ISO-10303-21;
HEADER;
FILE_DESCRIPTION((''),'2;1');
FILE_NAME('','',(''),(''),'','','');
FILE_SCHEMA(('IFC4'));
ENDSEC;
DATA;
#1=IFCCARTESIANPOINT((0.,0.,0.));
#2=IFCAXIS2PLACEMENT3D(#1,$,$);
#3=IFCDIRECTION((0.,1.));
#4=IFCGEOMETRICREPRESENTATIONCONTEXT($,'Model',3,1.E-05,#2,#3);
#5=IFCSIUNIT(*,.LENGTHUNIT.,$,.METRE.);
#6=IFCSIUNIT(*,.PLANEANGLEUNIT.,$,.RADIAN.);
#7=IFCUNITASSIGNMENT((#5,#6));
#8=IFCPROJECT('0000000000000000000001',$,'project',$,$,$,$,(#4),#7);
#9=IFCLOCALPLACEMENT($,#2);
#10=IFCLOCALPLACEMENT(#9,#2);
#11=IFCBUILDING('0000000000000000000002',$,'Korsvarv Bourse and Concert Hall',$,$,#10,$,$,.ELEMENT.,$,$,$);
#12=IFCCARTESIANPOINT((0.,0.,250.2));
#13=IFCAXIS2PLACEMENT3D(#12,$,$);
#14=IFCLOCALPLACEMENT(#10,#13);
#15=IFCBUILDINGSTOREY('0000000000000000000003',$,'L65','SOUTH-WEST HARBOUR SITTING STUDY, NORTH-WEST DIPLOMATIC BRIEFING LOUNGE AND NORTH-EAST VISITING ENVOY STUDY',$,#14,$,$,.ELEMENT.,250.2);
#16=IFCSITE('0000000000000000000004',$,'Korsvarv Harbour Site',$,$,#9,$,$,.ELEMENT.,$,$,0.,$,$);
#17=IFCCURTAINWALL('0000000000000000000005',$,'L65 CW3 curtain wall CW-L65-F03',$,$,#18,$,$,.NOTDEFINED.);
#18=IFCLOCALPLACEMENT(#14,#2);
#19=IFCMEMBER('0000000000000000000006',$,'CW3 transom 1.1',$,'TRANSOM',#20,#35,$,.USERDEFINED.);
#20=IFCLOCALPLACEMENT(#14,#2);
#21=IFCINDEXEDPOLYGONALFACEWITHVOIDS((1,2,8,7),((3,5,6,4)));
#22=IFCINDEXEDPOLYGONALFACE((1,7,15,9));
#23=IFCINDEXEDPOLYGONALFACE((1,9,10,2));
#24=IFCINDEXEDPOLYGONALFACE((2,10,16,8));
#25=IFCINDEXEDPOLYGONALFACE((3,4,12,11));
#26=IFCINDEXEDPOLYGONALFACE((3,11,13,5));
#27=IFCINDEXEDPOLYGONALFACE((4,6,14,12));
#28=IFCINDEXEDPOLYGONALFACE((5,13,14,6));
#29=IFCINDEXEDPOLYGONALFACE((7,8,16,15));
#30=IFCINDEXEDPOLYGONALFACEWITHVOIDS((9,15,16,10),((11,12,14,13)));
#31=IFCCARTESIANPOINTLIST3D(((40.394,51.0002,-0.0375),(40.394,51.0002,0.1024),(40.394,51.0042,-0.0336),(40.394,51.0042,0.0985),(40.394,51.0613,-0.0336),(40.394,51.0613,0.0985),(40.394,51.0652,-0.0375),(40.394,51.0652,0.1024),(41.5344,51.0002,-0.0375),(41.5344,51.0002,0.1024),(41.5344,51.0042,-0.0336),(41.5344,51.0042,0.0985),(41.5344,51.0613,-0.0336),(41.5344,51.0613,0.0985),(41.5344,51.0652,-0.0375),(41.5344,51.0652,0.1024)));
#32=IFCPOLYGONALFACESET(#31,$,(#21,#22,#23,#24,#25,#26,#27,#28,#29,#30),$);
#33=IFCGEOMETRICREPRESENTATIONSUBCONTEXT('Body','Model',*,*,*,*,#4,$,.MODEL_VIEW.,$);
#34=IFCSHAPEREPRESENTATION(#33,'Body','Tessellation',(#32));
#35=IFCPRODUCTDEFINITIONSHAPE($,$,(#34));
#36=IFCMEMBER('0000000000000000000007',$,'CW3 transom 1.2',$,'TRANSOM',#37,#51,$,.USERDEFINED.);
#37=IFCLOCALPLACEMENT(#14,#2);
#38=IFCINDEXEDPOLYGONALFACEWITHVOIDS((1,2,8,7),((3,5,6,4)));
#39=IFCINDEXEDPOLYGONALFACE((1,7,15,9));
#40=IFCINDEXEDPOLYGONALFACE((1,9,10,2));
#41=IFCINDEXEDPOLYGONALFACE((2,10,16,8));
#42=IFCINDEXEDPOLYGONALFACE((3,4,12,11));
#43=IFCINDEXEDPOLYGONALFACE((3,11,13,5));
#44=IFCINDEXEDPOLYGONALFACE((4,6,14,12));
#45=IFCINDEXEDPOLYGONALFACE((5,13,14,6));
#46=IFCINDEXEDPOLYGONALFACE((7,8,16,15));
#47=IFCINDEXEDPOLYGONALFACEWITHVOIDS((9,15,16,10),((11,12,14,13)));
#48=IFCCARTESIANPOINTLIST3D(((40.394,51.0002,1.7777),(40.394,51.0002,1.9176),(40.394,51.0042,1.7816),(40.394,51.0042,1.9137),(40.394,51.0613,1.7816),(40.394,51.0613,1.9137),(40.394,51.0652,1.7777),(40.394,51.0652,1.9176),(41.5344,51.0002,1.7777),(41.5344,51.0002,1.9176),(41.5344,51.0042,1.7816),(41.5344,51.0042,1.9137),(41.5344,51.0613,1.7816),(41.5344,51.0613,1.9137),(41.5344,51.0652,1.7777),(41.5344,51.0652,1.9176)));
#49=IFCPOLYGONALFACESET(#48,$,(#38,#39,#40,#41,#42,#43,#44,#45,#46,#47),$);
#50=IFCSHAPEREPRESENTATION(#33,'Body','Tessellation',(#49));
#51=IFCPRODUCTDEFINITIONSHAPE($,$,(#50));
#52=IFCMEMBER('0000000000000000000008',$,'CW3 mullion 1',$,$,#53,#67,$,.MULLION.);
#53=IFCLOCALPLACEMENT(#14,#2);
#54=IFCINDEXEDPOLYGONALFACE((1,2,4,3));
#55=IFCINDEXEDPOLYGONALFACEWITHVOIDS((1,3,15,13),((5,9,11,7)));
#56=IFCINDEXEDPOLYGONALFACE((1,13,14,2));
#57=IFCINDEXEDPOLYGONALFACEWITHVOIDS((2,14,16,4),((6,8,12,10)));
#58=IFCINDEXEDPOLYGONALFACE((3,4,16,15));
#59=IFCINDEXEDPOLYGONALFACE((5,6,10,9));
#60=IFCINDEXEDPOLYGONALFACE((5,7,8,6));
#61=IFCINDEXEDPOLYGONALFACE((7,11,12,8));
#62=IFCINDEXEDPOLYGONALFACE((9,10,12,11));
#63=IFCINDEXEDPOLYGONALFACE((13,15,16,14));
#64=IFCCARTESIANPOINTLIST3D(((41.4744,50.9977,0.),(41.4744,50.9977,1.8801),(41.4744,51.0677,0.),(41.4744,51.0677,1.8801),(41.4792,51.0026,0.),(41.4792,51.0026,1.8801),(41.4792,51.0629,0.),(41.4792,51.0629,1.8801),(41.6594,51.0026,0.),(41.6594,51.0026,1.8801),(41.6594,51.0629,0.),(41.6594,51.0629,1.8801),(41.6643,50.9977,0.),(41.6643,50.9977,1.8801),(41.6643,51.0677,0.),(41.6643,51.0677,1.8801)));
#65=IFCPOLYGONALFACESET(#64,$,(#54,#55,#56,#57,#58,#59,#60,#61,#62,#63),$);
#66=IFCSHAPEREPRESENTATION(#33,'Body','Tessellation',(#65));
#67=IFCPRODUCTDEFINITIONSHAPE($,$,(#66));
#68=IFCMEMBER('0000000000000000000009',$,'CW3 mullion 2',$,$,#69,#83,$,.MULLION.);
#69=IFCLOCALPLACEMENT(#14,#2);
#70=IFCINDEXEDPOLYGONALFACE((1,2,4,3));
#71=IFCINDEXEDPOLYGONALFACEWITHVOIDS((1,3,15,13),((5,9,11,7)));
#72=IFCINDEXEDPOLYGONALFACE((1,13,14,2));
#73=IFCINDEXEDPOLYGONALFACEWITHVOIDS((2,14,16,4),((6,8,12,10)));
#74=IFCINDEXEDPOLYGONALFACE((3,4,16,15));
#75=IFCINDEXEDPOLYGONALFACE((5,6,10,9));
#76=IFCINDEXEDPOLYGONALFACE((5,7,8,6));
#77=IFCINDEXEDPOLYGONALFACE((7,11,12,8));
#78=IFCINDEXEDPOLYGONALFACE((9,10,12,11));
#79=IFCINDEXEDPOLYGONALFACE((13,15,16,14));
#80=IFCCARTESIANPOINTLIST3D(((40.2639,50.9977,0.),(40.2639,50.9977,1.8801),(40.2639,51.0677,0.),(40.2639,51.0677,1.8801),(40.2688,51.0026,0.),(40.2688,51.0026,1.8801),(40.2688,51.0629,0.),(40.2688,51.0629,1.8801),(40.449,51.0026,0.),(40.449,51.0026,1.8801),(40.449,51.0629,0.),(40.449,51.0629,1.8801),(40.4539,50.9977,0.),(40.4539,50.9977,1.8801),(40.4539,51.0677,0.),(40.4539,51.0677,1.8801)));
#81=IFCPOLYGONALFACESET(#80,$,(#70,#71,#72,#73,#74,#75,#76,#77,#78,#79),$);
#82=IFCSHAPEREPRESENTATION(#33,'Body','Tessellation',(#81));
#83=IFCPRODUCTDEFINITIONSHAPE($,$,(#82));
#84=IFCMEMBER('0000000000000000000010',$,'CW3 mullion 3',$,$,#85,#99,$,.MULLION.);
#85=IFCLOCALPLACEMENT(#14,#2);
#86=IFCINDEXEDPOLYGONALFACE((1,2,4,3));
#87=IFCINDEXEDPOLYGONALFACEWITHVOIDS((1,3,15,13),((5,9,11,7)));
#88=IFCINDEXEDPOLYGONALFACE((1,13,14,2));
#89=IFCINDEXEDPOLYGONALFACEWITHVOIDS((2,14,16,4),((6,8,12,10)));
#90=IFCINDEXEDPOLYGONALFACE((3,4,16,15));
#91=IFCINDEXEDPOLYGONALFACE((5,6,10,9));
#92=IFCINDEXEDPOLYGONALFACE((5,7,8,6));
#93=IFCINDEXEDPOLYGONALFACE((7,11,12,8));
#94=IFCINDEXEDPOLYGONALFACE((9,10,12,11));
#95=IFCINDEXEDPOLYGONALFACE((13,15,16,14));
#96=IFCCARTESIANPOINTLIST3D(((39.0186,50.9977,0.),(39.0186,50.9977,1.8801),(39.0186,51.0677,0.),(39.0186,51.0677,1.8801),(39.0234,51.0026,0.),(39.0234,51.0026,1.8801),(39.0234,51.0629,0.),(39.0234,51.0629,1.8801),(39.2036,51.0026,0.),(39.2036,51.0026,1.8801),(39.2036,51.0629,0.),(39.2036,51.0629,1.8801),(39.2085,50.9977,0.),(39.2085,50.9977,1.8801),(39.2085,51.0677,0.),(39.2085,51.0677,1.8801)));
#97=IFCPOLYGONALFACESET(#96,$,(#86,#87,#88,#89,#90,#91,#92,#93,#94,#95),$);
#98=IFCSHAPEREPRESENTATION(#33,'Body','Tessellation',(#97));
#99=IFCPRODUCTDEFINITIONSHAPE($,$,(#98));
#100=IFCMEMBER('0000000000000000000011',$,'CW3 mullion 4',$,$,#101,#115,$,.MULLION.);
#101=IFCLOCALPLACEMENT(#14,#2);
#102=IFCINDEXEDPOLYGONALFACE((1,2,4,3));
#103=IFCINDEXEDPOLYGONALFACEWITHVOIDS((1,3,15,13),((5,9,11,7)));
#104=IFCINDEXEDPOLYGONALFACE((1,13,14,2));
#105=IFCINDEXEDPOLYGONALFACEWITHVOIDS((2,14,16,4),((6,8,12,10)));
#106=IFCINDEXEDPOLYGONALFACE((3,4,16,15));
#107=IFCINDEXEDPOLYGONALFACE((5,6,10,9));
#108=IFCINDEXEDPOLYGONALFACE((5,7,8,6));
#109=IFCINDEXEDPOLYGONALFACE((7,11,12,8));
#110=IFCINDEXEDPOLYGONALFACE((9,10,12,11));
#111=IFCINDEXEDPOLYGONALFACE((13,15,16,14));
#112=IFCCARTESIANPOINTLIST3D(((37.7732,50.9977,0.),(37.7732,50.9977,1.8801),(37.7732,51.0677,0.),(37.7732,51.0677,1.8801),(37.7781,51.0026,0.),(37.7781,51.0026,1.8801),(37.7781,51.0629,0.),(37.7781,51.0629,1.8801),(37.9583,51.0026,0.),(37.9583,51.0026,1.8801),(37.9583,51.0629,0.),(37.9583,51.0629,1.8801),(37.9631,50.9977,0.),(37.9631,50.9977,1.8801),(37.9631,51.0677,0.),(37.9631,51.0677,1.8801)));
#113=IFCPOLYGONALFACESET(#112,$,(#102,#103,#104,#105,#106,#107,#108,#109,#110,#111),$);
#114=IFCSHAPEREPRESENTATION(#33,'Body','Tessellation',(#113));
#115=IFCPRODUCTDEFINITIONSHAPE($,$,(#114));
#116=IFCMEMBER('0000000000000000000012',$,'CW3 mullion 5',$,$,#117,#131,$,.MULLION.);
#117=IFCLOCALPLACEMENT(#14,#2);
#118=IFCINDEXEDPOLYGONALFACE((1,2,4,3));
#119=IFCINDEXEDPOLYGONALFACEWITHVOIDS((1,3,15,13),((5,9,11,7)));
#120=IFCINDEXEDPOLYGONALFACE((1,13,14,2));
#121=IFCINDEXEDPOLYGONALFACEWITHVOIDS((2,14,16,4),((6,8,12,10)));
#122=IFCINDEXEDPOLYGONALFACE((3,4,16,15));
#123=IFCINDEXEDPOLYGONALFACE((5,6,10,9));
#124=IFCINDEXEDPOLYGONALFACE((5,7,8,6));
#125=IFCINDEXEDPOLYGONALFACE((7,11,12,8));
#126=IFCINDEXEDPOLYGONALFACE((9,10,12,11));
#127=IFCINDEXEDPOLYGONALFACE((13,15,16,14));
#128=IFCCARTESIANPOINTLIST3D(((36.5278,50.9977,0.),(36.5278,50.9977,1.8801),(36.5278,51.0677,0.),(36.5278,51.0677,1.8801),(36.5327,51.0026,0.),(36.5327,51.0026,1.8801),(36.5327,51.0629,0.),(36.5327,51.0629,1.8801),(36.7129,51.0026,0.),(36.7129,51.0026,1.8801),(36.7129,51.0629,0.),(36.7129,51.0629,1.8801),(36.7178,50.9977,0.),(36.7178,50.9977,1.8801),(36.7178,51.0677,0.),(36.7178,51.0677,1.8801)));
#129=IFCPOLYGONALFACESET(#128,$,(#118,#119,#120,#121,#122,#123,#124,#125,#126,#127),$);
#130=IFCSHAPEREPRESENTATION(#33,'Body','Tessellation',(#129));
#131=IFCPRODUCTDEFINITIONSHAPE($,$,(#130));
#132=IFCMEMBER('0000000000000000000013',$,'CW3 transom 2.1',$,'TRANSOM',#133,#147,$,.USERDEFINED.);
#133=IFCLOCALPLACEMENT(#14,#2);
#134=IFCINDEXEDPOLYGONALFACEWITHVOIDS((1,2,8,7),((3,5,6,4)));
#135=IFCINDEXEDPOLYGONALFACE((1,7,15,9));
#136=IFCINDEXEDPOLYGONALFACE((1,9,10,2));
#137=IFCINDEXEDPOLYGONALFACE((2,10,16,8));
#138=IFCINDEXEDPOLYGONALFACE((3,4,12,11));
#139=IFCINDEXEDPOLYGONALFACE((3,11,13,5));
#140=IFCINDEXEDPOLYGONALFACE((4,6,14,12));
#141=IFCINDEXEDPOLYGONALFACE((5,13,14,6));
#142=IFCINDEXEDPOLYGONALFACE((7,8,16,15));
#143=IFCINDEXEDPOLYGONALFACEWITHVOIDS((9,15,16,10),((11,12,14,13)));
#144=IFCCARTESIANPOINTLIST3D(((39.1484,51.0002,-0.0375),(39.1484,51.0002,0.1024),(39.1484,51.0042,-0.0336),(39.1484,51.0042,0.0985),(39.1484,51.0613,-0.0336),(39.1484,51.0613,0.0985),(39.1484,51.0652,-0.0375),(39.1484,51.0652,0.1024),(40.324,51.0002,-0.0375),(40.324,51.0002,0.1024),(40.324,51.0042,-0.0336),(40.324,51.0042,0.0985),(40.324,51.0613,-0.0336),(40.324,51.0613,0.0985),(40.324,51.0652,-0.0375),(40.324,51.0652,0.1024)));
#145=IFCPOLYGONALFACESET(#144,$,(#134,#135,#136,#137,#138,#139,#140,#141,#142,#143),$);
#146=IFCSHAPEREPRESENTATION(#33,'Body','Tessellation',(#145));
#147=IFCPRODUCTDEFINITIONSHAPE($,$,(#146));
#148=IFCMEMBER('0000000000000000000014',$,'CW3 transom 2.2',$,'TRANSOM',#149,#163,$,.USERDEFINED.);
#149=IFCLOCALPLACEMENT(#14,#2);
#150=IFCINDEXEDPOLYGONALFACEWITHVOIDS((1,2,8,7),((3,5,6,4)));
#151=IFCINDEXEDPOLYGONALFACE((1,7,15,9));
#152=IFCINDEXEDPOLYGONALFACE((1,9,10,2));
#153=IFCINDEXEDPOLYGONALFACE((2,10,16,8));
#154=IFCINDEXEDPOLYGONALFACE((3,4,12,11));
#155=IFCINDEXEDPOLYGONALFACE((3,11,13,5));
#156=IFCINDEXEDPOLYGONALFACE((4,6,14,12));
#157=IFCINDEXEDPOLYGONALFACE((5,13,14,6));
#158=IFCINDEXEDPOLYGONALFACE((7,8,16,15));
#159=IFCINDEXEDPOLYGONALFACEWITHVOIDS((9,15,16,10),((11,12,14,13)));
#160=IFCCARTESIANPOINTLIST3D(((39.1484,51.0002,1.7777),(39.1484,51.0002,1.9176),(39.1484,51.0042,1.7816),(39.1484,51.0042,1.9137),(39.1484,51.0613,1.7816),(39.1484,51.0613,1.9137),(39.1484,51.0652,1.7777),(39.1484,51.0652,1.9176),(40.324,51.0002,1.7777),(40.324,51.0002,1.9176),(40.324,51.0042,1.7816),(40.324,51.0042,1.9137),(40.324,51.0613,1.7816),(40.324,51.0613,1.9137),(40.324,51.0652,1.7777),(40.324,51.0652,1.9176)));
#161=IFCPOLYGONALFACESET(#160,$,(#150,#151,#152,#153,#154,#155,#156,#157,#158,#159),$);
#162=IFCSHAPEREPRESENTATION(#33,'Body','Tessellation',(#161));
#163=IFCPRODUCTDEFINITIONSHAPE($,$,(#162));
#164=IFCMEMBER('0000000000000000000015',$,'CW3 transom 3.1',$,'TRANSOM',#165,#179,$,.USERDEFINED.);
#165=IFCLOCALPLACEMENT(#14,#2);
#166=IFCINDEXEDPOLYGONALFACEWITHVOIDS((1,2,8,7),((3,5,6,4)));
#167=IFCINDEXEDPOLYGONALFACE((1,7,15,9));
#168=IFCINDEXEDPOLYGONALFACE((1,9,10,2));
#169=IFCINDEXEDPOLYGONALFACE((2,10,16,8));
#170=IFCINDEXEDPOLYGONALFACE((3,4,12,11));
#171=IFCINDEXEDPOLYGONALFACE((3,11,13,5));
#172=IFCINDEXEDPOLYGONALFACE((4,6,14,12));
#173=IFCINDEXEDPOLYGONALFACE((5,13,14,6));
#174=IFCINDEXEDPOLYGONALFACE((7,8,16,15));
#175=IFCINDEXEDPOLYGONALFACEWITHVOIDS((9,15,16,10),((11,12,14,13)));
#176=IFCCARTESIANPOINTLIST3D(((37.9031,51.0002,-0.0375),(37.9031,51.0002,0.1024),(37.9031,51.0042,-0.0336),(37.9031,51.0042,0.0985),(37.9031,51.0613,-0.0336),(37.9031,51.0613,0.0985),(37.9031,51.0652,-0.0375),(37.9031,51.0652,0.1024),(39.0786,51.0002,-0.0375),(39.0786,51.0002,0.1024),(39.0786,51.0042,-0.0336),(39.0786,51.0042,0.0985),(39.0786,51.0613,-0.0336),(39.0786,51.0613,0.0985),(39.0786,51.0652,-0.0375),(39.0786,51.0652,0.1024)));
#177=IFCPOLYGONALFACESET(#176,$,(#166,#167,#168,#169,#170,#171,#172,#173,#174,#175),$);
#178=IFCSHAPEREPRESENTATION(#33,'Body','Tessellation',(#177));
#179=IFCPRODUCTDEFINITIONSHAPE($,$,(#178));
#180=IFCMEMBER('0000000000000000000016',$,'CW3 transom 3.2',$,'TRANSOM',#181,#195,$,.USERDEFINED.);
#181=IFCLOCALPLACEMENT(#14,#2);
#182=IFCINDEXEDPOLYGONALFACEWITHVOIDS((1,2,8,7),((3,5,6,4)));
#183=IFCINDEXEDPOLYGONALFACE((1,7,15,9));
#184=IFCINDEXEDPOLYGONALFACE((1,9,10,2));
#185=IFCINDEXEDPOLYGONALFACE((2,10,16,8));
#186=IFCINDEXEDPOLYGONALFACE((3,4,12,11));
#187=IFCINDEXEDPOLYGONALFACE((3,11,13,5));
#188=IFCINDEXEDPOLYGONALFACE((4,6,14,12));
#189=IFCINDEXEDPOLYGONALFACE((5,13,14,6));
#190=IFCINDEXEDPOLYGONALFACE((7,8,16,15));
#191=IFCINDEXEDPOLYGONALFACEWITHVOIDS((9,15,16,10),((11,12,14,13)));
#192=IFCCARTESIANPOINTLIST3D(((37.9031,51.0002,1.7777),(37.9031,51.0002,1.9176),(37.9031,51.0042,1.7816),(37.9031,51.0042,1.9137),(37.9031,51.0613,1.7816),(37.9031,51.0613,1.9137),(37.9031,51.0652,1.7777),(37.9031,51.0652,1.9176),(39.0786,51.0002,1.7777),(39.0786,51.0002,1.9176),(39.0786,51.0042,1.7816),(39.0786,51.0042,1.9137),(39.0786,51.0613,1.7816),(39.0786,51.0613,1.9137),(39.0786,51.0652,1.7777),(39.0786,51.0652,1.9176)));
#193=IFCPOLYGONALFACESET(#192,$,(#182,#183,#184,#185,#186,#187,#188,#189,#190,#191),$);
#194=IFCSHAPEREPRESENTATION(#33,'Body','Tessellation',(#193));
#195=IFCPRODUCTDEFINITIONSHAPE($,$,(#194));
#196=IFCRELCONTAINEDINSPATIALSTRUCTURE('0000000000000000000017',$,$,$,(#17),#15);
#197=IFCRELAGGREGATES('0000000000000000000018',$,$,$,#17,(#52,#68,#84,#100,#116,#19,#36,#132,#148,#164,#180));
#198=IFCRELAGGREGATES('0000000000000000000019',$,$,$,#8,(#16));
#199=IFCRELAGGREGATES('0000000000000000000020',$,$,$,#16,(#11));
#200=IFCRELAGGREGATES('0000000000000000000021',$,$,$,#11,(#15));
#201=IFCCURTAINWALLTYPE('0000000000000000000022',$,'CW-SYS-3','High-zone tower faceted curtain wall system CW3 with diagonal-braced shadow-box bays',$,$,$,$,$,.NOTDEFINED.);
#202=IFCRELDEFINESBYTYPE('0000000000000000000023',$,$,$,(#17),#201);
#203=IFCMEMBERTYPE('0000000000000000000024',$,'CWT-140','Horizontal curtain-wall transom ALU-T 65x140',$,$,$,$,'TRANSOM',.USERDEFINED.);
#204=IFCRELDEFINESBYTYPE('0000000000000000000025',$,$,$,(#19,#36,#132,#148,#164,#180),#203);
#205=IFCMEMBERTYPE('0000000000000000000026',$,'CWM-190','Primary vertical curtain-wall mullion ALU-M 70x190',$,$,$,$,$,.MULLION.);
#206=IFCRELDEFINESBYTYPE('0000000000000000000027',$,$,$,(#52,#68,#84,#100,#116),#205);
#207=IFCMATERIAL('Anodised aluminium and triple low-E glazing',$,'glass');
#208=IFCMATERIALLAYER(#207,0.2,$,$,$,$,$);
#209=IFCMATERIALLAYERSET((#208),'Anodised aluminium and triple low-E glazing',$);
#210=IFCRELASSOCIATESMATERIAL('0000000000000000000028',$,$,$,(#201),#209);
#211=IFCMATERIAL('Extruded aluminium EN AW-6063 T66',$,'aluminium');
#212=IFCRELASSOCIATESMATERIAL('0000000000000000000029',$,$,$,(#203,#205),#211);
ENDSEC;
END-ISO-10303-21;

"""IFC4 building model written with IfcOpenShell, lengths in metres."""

from ifc_helpers import new_model, si_unit, direction, frame, origin, origin_2d, place, context, subcontext, project, spatial, hollow_rectangle, extrude, source, transform, mapped, material, layer, layer_set, material_profile, profile_set, type_object, element, aggregate, save


model = new_model("IFC4")

# Units and contexts
model_context = context("Model", 3, precision=1e-05, world=origin(), true_north=direction((0.0, 1.0)))
body_context = subcontext(model_context, "Body", "Model", "MODEL_VIEW")
ifc_project = project(units=[si_unit("LENGTHUNIT", "METRE"), si_unit("PLANEANGLEUNIT", "RADIAN")], contexts=[model_context])

# Site, building, storey
site_placement = place(None, origin())
site = spatial("IfcSite", under=ifc_project, at=site_placement, Name="Korsvarv Harbour Site", CompositionType="ELEMENT", RefElevation=0.0)
building_placement = place(site_placement, origin())
building = spatial("IfcBuilding", under=site, at=building_placement, Name="Korsvarv Bourse and Concert Hall", CompositionType="ELEMENT")
storey_placement = place(building_placement, frame((0.0, 0.0, 250.2)))
storey = spatial("IfcBuildingStorey", under=building, at=storey_placement, Name="L65", Description="SOUTH-WEST HARBOUR SITTING STUDY, NORTH-WEST DIPLOMATIC BRIEFING LOUNGE AND NORTH-EAST VISITING ENVOY STUDY", CompositionType="ELEMENT", Elevation=250.2)

# Curtain wall, members
ifc_material_1 = material(Name="Anodised aluminium and triple low-E glazing", Category="glass")
ifc_layer_1 = layer(ifc_material_1, 0.2)
ifc_layer_set_1 = layer_set([ifc_layer_1], Name="Anodised aluminium and triple low-E glazing")
curtain_wall_type = type_object("IfcCurtainWallType", Name="CW-SYS-3", Description="High-zone tower faceted curtain wall system CW3 with diagonal-braced shadow-box bays", PredefinedType="NOTDEFINED", material=ifc_layer_set_1)
curtain_wall_placement = place(storey_placement, origin())
curtain_wall = element("IfcCurtainWall", 1, at=curtain_wall_placement, inside=storey, type_object=curtain_wall_type, Name="L65 CW3 curtain wall CW-L65-F03", PredefinedType="NOTDEFINED")
ifc_material_2 = material(Name="Extruded aluminium EN AW-6063 T66", Category="aluminium")
ifc_material_profile_1 = material_profile(ifc_material_2, hollow_rectangle(XDim=0.0649, YDim=0.1399, WallThickness=0.0039, at=origin_2d()), Name="ALU-T 65x140")
ifc_profile_set_1 = profile_set([ifc_material_profile_1], Name="Extruded aluminium EN AW-6063 T66")
member_type_1 = type_object("IfcMemberType", Name="CWT-140", Description="Horizontal curtain-wall transom ALU-T 65x140", ElementType="TRANSOM", PredefinedType="USERDEFINED", material=ifc_profile_set_1)
shared_shape_1 = source(origin(), body_context, "Body", "SweptSolid", [
    extrude(hollow_rectangle(XDim=0.0649, YDim=0.1399, WallThickness=0.0039, at=origin_2d()), origin(), (0.0, 0.0, 1.0), 1.1404),
])
member_1_placement = place(storey_placement, frame((41.5344, 51.0327, 0.0325), z_axis=(-1.0, 0.0, 0.0), x_axis=(0.0, -1.0, 0.0)))
member_1 = element("IfcMember", 2, at=member_1_placement, type_object=member_type_1, Name="CW3 transom 1.1", ObjectType="TRANSOM", PredefinedType="USERDEFINED", context=body_context, shape_type="MappedRepresentation", body=[
    mapped(shared_shape_1, transform((0.0, 0.0, 0.0), scale=1.0)),
])
member_2_placement = place(storey_placement, frame((41.5344, 51.0327, 1.8477), z_axis=(-1.0, 0.0, 0.0), x_axis=(0.0, -1.0, 0.0)))
member_2 = element("IfcMember", 3, at=member_2_placement, type_object=member_type_1, Name="CW3 transom 1.2", ObjectType="TRANSOM", PredefinedType="USERDEFINED", context=body_context, shape_type="MappedRepresentation", body=[
    mapped(shared_shape_1, transform((0.0, 0.0, 0.0), scale=1.0)),
])
ifc_material_profile_2 = material_profile(ifc_material_2, hollow_rectangle(XDim=0.0701, YDim=0.1899, WallThickness=0.0049, at=origin_2d()), Name="ALU-M 70x190")
ifc_profile_set_2 = profile_set([ifc_material_profile_2], Name="Extruded aluminium EN AW-6063 T66")
member_type_2 = type_object("IfcMemberType", Name="CWM-190", Description="Primary vertical curtain-wall mullion ALU-M 70x190", PredefinedType="MULLION", material=ifc_profile_set_2)
shared_shape_2 = source(origin(), body_context, "Body", "SweptSolid", [
    extrude(hollow_rectangle(XDim=0.0701, YDim=0.1899, WallThickness=0.0049, at=origin_2d()), origin(), (0.0, 0.0, 1.0), 1.8801),
])
member_3_placement = place(storey_placement, frame((41.5693, 51.0327, 0.0), z_axis=(0.0, 0.0, 1.0), x_axis=(0.0, -1.0, 0.0)))
member_3 = element("IfcMember", 4, at=member_3_placement, type_object=member_type_2, Name="CW3 mullion 1", PredefinedType="MULLION", context=body_context, shape_type="MappedRepresentation", body=[
    mapped(shared_shape_2, transform((0.0, 0.0, 0.0), scale=1.0)),
])
member_4_placement = place(storey_placement, frame((40.3589, 51.0327, 0.0), z_axis=(0.0, 0.0, 1.0), x_axis=(0.0, -1.0, 0.0)))
member_4 = element("IfcMember", 5, at=member_4_placement, type_object=member_type_2, Name="CW3 mullion 2", PredefinedType="MULLION", context=body_context, shape_type="MappedRepresentation", body=[
    mapped(shared_shape_2, transform((0.0, 0.0, 0.0), scale=1.0)),
])
member_5_placement = place(storey_placement, frame((39.1135, 51.0327, 0.0), z_axis=(0.0, 0.0, 1.0), x_axis=(0.0, -1.0, 0.0)))
member_5 = element("IfcMember", 6, at=member_5_placement, type_object=member_type_2, Name="CW3 mullion 3", PredefinedType="MULLION", context=body_context, shape_type="MappedRepresentation", body=[
    mapped(shared_shape_2, transform((0.0, 0.0, 0.0), scale=1.0)),
])
member_6_placement = place(storey_placement, frame((37.8682, 51.0327, 0.0), z_axis=(0.0, 0.0, 1.0), x_axis=(0.0, -1.0, 0.0)))
member_6 = element("IfcMember", 7, at=member_6_placement, type_object=member_type_2, Name="CW3 mullion 4", PredefinedType="MULLION", context=body_context, shape_type="MappedRepresentation", body=[
    mapped(shared_shape_2, transform((0.0, 0.0, 0.0), scale=1.0)),
])
member_7_placement = place(storey_placement, frame((36.6228, 51.0327, 0.0), z_axis=(0.0, 0.0, 1.0), x_axis=(0.0, -1.0, 0.0)))
member_7 = element("IfcMember", 8, at=member_7_placement, type_object=member_type_2, Name="CW3 mullion 5", PredefinedType="MULLION", context=body_context, shape_type="MappedRepresentation", body=[
    mapped(shared_shape_2, transform((0.0, 0.0, 0.0), scale=1.0)),
])
shared_shape_3 = source(origin(), body_context, "Body", "SweptSolid", [
    extrude(hollow_rectangle(XDim=0.0649, YDim=0.1399, WallThickness=0.0039, at=origin_2d()), origin(), (0.0, 0.0, 1.0), 1.1755),
])
member_8_placement = place(storey_placement, frame((40.324, 51.0327, 0.0325), z_axis=(-1.0, 0.0, 0.0), x_axis=(0.0, -1.0, 0.0)))
member_8 = element("IfcMember", 9, at=member_8_placement, type_object=member_type_1, Name="CW3 transom 2.1", ObjectType="TRANSOM", PredefinedType="USERDEFINED", context=body_context, shape_type="MappedRepresentation", body=[
    mapped(shared_shape_3, transform((0.0, 0.0, 0.0), scale=1.0)),
])
member_9_placement = place(storey_placement, frame((40.324, 51.0327, 1.8477), z_axis=(-1.0, 0.0, 0.0), x_axis=(0.0, -1.0, 0.0)))
member_9 = element("IfcMember", 10, at=member_9_placement, type_object=member_type_1, Name="CW3 transom 2.2", ObjectType="TRANSOM", PredefinedType="USERDEFINED", context=body_context, shape_type="MappedRepresentation", body=[
    mapped(shared_shape_3, transform((0.0, 0.0, 0.0), scale=1.0)),
])
member_10_placement = place(storey_placement, frame((39.0786, 51.0327, 0.0325), z_axis=(-1.0, 0.0, 0.0), x_axis=(0.0, -1.0, 0.0)))
member_10 = element("IfcMember", 11, at=member_10_placement, type_object=member_type_1, Name="CW3 transom 3.1", ObjectType="TRANSOM", PredefinedType="USERDEFINED", context=body_context, shape_type="MappedRepresentation", body=[
    mapped(shared_shape_3, transform((0.0, 0.0, 0.0), scale=1.0)),
])
member_11_placement = place(storey_placement, frame((39.0786, 51.0327, 1.8477), z_axis=(-1.0, 0.0, 0.0), x_axis=(0.0, -1.0, 0.0)))
member_11 = element("IfcMember", 12, at=member_11_placement, type_object=member_type_1, Name="CW3 transom 3.2", ObjectType="TRANSOM", PredefinedType="USERDEFINED", context=body_context, shape_type="MappedRepresentation", body=[
    mapped(shared_shape_3, transform((0.0, 0.0, 0.0), scale=1.0)),
])
aggregate(curtain_wall, [member_3, member_4, member_5, member_6, member_7, member_1, member_2, member_8, member_9, member_10, member_11])

save(model, "model.ifc")
